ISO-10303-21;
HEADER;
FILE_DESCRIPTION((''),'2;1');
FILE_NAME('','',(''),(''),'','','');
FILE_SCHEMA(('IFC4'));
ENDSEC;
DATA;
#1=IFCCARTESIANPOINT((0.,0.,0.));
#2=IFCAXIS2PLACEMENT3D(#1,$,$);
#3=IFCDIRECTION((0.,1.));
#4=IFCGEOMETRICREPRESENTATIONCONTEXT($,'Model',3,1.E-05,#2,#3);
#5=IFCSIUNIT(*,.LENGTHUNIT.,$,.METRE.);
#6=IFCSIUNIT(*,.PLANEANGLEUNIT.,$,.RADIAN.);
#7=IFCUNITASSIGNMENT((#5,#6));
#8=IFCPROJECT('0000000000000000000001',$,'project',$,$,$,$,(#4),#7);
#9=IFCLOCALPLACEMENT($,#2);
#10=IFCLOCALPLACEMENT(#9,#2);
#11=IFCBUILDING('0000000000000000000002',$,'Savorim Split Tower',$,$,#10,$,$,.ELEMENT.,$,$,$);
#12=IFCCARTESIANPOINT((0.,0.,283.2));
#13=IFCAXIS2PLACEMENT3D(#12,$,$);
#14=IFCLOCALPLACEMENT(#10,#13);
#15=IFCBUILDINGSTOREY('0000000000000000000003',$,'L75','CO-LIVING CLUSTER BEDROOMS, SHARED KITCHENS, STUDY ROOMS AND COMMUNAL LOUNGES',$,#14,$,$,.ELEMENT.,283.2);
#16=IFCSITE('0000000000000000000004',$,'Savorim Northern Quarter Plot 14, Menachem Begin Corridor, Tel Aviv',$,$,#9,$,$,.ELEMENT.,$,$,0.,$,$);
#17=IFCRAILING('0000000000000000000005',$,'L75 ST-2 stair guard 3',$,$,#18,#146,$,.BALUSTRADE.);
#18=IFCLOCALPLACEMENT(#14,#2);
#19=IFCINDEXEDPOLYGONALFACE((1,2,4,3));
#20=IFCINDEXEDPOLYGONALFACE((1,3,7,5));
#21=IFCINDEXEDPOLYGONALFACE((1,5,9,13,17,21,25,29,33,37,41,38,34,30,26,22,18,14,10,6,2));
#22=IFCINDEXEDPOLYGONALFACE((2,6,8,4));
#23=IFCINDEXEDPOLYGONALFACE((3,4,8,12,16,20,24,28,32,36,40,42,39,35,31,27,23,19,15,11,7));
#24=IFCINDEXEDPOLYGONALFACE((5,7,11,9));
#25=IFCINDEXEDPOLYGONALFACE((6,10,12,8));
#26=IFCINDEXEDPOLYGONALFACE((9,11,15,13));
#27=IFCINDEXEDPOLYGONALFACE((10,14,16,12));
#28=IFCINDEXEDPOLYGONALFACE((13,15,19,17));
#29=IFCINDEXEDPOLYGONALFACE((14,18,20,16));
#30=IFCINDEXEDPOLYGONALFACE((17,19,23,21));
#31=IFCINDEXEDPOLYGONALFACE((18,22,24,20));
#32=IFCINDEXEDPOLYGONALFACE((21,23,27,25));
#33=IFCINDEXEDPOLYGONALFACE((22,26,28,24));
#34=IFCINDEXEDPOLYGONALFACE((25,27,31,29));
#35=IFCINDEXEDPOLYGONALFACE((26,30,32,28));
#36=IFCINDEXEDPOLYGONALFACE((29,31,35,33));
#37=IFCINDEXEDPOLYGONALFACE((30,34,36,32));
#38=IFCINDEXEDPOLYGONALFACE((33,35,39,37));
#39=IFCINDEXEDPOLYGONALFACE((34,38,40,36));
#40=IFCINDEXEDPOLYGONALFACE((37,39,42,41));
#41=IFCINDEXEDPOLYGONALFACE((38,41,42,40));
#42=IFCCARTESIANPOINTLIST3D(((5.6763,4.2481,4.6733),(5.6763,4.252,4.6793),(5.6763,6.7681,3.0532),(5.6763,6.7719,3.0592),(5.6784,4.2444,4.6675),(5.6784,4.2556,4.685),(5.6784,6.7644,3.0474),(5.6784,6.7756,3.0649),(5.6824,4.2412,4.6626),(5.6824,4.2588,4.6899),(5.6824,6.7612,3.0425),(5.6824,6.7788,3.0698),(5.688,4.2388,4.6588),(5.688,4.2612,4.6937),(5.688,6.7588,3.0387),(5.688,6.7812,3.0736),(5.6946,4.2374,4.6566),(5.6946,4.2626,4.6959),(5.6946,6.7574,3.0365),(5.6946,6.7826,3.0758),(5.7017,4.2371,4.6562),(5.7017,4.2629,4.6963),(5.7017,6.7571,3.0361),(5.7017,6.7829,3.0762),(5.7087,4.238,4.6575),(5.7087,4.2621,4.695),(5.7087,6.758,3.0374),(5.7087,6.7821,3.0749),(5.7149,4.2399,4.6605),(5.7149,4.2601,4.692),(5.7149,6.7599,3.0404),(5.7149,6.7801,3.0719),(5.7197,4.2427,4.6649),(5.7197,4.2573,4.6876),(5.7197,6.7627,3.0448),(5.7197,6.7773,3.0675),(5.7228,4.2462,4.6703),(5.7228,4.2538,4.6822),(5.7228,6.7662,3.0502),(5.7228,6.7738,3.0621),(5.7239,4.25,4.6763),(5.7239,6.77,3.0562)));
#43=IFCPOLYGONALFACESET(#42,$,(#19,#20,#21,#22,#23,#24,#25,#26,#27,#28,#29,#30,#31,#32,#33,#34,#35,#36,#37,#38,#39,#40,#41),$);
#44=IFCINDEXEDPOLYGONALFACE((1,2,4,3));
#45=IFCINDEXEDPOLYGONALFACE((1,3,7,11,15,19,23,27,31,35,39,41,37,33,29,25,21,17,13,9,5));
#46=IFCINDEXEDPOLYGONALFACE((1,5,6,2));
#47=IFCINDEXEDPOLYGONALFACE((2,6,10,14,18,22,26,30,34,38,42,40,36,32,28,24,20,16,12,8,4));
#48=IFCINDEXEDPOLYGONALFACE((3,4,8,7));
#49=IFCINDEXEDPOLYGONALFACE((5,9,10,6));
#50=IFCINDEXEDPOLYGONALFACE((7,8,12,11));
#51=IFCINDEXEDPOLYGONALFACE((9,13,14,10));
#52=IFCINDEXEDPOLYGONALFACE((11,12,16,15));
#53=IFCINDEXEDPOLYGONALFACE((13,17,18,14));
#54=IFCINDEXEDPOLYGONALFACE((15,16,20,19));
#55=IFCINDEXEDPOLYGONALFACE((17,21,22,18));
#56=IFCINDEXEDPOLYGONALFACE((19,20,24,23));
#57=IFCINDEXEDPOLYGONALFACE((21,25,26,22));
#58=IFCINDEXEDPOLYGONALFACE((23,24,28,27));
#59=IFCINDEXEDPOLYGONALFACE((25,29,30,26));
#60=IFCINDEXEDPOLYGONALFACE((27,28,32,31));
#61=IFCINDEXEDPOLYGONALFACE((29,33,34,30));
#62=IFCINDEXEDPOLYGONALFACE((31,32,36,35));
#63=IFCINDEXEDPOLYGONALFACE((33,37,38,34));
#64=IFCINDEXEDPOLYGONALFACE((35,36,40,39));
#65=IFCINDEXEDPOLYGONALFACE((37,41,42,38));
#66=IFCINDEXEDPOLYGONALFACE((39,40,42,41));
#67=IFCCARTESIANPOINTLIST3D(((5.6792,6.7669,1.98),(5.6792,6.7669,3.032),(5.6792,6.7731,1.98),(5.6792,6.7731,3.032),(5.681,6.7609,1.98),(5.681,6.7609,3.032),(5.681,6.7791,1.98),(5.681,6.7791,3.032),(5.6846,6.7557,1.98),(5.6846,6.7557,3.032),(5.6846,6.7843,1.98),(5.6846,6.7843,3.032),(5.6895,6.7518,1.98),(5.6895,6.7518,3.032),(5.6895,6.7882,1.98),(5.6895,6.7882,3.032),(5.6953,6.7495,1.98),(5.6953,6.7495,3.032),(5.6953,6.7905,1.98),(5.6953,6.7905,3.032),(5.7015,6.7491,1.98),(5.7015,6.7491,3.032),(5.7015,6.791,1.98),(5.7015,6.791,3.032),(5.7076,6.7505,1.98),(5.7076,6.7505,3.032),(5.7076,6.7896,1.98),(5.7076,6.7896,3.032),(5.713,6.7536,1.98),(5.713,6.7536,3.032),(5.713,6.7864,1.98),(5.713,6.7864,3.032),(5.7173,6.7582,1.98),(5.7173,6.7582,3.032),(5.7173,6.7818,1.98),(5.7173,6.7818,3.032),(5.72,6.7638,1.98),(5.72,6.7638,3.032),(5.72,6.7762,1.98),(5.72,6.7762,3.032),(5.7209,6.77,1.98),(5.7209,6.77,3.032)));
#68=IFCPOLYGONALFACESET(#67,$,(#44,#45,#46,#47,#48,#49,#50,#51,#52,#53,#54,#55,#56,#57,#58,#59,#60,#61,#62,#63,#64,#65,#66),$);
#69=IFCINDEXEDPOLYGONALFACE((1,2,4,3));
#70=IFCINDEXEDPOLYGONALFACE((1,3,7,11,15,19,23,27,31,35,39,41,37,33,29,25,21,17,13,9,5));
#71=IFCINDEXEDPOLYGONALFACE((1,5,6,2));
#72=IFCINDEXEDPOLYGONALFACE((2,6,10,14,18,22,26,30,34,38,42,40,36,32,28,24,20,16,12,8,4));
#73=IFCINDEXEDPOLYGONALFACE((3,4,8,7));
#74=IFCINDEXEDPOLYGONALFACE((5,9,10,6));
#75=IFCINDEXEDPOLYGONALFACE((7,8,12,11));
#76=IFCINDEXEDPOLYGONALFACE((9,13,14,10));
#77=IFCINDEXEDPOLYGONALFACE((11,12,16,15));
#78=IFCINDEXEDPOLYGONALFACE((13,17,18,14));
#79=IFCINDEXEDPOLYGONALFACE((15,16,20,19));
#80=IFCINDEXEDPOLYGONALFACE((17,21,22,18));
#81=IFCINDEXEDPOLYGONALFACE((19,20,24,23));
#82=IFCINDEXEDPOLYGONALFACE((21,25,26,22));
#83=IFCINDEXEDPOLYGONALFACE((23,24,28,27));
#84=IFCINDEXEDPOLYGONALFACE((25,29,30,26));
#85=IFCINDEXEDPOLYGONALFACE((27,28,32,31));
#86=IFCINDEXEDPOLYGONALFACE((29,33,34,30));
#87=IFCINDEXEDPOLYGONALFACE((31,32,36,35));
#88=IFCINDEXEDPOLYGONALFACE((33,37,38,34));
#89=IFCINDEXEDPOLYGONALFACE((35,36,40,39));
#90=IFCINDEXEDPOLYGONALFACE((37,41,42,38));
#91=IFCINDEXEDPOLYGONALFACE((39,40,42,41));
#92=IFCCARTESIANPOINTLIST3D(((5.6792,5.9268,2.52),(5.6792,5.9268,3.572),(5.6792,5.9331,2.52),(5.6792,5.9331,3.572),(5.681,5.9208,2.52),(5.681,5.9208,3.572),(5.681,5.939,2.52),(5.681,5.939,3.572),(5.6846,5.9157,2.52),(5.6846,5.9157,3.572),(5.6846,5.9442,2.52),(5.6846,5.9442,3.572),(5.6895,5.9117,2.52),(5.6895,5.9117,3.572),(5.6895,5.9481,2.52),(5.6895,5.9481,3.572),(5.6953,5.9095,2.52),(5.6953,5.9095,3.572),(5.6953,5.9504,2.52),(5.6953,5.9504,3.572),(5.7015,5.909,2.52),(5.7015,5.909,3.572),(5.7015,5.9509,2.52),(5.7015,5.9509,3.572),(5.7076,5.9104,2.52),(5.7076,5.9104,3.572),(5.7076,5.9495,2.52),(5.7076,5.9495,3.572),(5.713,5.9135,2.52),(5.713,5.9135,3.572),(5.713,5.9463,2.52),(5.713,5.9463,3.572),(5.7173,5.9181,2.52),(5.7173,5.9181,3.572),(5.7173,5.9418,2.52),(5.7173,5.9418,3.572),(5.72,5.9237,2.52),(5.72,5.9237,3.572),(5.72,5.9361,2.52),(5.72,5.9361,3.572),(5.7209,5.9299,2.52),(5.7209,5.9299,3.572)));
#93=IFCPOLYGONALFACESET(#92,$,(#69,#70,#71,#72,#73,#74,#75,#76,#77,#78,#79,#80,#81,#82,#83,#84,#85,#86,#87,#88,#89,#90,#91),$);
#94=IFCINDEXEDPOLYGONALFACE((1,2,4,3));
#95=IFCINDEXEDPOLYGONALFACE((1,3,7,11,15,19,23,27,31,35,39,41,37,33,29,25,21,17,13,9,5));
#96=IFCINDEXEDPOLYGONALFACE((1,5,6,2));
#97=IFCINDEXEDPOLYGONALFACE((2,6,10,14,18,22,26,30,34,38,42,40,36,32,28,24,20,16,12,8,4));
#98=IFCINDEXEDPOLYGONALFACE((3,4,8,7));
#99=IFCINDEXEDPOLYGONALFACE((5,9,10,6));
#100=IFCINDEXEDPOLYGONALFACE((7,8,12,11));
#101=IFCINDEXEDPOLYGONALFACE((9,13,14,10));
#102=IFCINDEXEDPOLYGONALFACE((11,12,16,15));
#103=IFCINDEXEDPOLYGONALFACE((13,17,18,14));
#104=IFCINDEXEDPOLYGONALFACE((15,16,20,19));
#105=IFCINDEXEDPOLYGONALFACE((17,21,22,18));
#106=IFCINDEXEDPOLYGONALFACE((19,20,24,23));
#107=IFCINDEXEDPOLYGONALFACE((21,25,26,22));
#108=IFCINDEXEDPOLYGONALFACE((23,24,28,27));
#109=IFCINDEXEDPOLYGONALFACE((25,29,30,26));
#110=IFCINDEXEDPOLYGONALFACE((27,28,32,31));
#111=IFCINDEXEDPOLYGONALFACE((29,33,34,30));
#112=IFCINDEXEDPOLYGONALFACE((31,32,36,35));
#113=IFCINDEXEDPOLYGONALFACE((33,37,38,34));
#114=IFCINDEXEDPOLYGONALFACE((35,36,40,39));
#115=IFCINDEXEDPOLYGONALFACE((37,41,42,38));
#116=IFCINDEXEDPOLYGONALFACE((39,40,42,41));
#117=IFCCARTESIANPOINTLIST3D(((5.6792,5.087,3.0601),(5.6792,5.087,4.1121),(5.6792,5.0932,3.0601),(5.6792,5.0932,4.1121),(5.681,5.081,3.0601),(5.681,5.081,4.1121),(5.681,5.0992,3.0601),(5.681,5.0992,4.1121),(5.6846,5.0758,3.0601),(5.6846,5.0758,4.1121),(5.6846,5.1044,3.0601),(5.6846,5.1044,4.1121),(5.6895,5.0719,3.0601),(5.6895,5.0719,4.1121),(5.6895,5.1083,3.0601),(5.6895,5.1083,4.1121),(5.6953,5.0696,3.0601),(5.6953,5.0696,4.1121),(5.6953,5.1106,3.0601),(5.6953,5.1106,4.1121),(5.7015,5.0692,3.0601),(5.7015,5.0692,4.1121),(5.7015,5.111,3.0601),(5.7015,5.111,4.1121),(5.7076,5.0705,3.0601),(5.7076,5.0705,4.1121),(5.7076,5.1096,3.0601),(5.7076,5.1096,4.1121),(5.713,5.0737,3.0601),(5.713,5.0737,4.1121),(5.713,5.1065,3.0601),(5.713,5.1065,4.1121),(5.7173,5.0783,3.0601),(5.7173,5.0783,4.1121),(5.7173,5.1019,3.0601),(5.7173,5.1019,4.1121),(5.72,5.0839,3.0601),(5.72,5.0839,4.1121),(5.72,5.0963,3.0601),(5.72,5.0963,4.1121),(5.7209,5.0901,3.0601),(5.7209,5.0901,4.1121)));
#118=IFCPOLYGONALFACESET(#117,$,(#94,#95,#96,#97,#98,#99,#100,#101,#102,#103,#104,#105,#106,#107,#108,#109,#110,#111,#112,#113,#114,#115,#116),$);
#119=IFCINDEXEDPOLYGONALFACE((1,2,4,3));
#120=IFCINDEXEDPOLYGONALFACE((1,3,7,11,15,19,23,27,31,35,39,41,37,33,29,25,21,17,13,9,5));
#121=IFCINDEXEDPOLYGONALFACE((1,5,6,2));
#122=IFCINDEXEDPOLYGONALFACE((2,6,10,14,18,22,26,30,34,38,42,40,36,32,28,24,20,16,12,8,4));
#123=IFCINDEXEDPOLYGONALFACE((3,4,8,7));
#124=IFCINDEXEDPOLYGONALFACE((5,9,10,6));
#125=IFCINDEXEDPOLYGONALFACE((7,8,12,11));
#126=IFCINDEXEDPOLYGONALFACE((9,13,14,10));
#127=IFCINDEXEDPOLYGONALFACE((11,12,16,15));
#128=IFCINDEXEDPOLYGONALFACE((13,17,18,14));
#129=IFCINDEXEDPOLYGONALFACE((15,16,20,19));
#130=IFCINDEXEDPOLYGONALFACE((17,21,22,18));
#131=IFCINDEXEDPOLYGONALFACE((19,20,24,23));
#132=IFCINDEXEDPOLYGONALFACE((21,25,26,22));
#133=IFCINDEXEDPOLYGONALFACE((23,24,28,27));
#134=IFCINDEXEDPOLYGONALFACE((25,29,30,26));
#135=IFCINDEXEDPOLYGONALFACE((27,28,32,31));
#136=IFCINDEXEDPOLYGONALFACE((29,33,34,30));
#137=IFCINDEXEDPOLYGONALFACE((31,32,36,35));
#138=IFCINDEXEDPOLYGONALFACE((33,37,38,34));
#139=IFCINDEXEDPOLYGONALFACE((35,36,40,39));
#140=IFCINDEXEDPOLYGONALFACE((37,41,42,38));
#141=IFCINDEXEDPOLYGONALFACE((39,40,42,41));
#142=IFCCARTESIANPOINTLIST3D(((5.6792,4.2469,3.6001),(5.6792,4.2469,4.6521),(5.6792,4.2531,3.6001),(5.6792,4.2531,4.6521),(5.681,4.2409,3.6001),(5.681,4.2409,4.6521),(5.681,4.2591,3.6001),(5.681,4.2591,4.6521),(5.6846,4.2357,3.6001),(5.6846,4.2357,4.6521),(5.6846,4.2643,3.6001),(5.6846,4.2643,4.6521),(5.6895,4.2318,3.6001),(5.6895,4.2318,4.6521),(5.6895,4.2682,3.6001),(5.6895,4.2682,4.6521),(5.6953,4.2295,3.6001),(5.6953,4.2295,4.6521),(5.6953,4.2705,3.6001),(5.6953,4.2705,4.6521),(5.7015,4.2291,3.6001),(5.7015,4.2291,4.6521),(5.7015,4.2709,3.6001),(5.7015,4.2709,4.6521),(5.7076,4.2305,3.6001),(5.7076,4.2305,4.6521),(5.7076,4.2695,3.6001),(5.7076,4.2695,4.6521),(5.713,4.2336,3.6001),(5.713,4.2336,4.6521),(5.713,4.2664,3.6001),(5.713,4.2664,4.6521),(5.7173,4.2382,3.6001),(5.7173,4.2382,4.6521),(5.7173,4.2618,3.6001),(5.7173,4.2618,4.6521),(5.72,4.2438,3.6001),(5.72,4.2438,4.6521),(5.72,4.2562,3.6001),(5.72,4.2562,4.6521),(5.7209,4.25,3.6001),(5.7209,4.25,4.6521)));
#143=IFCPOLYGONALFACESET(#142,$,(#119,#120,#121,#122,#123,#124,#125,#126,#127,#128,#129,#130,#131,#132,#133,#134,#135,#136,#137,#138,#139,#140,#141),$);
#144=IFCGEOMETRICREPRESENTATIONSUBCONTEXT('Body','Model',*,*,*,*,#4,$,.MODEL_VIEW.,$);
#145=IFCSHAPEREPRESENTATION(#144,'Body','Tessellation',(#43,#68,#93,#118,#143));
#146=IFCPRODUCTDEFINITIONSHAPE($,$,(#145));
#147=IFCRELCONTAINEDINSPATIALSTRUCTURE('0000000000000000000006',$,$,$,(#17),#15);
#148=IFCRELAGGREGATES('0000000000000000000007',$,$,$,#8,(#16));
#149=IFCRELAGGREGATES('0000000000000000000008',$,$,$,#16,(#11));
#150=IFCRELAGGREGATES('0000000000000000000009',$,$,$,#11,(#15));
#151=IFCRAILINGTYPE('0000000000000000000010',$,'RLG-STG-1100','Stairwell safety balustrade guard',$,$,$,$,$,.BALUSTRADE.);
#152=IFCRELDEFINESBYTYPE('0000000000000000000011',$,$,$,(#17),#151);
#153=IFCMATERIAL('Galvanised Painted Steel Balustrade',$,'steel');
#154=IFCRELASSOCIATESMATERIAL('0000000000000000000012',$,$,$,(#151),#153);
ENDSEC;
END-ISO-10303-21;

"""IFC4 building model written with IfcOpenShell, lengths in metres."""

from ifc_helpers import new_model, si_unit, direction, frame, origin, origin_2d, place, context, subcontext, project, spatial, circle, extrude, material, type_object, element, save


model = new_model("IFC4")

# Units and contexts
model_context = context("Model", 3, precision=1e-05, world=origin(), true_north=direction((0.0, 1.0)))
body_context = subcontext(model_context, "Body", "Model", "MODEL_VIEW")
ifc_project = project(units=[si_unit("LENGTHUNIT", "METRE"), si_unit("PLANEANGLEUNIT", "RADIAN")], contexts=[model_context])

# Site, building, storey
site_placement = place(None, origin())
site = spatial("IfcSite", under=ifc_project, at=site_placement, Name="Savorim Northern Quarter Plot 14, Menachem Begin Corridor, Tel Aviv", CompositionType="ELEMENT", RefElevation=0.0)
building_placement = place(site_placement, origin())
building = spatial("IfcBuilding", under=site, at=building_placement, Name="Savorim Split Tower", CompositionType="ELEMENT")
storey_placement = place(building_placement, frame((0.0, 0.0, 283.2)))
storey = spatial("IfcBuildingStorey", under=building, at=storey_placement, Name="L75", Description="CO-LIVING CLUSTER BEDROOMS, SHARED KITCHENS, STUDY ROOMS AND COMMUNAL LOUNGES", CompositionType="ELEMENT", Elevation=283.2)

# Railing
ifc_material_1 = material(Name="Galvanised Painted Steel Balustrade", Category="steel")
railing_type_1 = type_object("IfcRailingType", Name="RLG-STG-1100", Description="Stairwell safety balustrade guard", PredefinedType="BALUSTRADE", material=ifc_material_1)
railing_1_placement = place(storey_placement, frame((5.7, 6.77, 1.98)))
element("IfcRailing", 1, at=railing_1_placement, inside=storey, type_object=railing_type_1, Name="L75 ST-2 stair guard 3", PredefinedType="BALUSTRADE", context=body_context, shape_type="SweptSolid", body=[
    extrude(circle(Radius=0.0239, at=origin_2d()), frame((0.0, 0.0, 1.0762), z_axis=(0.0, -0.841163, 0.540782), x_axis=(1.0, 0.0, 0.0)), (0.0, 0.0, 1.0), 2.9958),
    extrude(circle(Radius=0.021, at=origin_2d()), origin(), (0.0, 0.0, 1.0), 1.052),
    extrude(circle(Radius=0.021, at=origin_2d()), frame((0.0, -0.8401, 0.54)), (0.0, 0.0, 1.0), 1.052),
    extrude(circle(Radius=0.021, at=origin_2d()), frame((0.0, -1.6799, 1.0801)), (0.0, 0.0, 1.0), 1.052),
    extrude(circle(Radius=0.021, at=origin_2d()), frame((0.0, -2.52, 1.6201)), (0.0, 0.0, 1.0), 1.052),
])

save(model, "model.ifc")
